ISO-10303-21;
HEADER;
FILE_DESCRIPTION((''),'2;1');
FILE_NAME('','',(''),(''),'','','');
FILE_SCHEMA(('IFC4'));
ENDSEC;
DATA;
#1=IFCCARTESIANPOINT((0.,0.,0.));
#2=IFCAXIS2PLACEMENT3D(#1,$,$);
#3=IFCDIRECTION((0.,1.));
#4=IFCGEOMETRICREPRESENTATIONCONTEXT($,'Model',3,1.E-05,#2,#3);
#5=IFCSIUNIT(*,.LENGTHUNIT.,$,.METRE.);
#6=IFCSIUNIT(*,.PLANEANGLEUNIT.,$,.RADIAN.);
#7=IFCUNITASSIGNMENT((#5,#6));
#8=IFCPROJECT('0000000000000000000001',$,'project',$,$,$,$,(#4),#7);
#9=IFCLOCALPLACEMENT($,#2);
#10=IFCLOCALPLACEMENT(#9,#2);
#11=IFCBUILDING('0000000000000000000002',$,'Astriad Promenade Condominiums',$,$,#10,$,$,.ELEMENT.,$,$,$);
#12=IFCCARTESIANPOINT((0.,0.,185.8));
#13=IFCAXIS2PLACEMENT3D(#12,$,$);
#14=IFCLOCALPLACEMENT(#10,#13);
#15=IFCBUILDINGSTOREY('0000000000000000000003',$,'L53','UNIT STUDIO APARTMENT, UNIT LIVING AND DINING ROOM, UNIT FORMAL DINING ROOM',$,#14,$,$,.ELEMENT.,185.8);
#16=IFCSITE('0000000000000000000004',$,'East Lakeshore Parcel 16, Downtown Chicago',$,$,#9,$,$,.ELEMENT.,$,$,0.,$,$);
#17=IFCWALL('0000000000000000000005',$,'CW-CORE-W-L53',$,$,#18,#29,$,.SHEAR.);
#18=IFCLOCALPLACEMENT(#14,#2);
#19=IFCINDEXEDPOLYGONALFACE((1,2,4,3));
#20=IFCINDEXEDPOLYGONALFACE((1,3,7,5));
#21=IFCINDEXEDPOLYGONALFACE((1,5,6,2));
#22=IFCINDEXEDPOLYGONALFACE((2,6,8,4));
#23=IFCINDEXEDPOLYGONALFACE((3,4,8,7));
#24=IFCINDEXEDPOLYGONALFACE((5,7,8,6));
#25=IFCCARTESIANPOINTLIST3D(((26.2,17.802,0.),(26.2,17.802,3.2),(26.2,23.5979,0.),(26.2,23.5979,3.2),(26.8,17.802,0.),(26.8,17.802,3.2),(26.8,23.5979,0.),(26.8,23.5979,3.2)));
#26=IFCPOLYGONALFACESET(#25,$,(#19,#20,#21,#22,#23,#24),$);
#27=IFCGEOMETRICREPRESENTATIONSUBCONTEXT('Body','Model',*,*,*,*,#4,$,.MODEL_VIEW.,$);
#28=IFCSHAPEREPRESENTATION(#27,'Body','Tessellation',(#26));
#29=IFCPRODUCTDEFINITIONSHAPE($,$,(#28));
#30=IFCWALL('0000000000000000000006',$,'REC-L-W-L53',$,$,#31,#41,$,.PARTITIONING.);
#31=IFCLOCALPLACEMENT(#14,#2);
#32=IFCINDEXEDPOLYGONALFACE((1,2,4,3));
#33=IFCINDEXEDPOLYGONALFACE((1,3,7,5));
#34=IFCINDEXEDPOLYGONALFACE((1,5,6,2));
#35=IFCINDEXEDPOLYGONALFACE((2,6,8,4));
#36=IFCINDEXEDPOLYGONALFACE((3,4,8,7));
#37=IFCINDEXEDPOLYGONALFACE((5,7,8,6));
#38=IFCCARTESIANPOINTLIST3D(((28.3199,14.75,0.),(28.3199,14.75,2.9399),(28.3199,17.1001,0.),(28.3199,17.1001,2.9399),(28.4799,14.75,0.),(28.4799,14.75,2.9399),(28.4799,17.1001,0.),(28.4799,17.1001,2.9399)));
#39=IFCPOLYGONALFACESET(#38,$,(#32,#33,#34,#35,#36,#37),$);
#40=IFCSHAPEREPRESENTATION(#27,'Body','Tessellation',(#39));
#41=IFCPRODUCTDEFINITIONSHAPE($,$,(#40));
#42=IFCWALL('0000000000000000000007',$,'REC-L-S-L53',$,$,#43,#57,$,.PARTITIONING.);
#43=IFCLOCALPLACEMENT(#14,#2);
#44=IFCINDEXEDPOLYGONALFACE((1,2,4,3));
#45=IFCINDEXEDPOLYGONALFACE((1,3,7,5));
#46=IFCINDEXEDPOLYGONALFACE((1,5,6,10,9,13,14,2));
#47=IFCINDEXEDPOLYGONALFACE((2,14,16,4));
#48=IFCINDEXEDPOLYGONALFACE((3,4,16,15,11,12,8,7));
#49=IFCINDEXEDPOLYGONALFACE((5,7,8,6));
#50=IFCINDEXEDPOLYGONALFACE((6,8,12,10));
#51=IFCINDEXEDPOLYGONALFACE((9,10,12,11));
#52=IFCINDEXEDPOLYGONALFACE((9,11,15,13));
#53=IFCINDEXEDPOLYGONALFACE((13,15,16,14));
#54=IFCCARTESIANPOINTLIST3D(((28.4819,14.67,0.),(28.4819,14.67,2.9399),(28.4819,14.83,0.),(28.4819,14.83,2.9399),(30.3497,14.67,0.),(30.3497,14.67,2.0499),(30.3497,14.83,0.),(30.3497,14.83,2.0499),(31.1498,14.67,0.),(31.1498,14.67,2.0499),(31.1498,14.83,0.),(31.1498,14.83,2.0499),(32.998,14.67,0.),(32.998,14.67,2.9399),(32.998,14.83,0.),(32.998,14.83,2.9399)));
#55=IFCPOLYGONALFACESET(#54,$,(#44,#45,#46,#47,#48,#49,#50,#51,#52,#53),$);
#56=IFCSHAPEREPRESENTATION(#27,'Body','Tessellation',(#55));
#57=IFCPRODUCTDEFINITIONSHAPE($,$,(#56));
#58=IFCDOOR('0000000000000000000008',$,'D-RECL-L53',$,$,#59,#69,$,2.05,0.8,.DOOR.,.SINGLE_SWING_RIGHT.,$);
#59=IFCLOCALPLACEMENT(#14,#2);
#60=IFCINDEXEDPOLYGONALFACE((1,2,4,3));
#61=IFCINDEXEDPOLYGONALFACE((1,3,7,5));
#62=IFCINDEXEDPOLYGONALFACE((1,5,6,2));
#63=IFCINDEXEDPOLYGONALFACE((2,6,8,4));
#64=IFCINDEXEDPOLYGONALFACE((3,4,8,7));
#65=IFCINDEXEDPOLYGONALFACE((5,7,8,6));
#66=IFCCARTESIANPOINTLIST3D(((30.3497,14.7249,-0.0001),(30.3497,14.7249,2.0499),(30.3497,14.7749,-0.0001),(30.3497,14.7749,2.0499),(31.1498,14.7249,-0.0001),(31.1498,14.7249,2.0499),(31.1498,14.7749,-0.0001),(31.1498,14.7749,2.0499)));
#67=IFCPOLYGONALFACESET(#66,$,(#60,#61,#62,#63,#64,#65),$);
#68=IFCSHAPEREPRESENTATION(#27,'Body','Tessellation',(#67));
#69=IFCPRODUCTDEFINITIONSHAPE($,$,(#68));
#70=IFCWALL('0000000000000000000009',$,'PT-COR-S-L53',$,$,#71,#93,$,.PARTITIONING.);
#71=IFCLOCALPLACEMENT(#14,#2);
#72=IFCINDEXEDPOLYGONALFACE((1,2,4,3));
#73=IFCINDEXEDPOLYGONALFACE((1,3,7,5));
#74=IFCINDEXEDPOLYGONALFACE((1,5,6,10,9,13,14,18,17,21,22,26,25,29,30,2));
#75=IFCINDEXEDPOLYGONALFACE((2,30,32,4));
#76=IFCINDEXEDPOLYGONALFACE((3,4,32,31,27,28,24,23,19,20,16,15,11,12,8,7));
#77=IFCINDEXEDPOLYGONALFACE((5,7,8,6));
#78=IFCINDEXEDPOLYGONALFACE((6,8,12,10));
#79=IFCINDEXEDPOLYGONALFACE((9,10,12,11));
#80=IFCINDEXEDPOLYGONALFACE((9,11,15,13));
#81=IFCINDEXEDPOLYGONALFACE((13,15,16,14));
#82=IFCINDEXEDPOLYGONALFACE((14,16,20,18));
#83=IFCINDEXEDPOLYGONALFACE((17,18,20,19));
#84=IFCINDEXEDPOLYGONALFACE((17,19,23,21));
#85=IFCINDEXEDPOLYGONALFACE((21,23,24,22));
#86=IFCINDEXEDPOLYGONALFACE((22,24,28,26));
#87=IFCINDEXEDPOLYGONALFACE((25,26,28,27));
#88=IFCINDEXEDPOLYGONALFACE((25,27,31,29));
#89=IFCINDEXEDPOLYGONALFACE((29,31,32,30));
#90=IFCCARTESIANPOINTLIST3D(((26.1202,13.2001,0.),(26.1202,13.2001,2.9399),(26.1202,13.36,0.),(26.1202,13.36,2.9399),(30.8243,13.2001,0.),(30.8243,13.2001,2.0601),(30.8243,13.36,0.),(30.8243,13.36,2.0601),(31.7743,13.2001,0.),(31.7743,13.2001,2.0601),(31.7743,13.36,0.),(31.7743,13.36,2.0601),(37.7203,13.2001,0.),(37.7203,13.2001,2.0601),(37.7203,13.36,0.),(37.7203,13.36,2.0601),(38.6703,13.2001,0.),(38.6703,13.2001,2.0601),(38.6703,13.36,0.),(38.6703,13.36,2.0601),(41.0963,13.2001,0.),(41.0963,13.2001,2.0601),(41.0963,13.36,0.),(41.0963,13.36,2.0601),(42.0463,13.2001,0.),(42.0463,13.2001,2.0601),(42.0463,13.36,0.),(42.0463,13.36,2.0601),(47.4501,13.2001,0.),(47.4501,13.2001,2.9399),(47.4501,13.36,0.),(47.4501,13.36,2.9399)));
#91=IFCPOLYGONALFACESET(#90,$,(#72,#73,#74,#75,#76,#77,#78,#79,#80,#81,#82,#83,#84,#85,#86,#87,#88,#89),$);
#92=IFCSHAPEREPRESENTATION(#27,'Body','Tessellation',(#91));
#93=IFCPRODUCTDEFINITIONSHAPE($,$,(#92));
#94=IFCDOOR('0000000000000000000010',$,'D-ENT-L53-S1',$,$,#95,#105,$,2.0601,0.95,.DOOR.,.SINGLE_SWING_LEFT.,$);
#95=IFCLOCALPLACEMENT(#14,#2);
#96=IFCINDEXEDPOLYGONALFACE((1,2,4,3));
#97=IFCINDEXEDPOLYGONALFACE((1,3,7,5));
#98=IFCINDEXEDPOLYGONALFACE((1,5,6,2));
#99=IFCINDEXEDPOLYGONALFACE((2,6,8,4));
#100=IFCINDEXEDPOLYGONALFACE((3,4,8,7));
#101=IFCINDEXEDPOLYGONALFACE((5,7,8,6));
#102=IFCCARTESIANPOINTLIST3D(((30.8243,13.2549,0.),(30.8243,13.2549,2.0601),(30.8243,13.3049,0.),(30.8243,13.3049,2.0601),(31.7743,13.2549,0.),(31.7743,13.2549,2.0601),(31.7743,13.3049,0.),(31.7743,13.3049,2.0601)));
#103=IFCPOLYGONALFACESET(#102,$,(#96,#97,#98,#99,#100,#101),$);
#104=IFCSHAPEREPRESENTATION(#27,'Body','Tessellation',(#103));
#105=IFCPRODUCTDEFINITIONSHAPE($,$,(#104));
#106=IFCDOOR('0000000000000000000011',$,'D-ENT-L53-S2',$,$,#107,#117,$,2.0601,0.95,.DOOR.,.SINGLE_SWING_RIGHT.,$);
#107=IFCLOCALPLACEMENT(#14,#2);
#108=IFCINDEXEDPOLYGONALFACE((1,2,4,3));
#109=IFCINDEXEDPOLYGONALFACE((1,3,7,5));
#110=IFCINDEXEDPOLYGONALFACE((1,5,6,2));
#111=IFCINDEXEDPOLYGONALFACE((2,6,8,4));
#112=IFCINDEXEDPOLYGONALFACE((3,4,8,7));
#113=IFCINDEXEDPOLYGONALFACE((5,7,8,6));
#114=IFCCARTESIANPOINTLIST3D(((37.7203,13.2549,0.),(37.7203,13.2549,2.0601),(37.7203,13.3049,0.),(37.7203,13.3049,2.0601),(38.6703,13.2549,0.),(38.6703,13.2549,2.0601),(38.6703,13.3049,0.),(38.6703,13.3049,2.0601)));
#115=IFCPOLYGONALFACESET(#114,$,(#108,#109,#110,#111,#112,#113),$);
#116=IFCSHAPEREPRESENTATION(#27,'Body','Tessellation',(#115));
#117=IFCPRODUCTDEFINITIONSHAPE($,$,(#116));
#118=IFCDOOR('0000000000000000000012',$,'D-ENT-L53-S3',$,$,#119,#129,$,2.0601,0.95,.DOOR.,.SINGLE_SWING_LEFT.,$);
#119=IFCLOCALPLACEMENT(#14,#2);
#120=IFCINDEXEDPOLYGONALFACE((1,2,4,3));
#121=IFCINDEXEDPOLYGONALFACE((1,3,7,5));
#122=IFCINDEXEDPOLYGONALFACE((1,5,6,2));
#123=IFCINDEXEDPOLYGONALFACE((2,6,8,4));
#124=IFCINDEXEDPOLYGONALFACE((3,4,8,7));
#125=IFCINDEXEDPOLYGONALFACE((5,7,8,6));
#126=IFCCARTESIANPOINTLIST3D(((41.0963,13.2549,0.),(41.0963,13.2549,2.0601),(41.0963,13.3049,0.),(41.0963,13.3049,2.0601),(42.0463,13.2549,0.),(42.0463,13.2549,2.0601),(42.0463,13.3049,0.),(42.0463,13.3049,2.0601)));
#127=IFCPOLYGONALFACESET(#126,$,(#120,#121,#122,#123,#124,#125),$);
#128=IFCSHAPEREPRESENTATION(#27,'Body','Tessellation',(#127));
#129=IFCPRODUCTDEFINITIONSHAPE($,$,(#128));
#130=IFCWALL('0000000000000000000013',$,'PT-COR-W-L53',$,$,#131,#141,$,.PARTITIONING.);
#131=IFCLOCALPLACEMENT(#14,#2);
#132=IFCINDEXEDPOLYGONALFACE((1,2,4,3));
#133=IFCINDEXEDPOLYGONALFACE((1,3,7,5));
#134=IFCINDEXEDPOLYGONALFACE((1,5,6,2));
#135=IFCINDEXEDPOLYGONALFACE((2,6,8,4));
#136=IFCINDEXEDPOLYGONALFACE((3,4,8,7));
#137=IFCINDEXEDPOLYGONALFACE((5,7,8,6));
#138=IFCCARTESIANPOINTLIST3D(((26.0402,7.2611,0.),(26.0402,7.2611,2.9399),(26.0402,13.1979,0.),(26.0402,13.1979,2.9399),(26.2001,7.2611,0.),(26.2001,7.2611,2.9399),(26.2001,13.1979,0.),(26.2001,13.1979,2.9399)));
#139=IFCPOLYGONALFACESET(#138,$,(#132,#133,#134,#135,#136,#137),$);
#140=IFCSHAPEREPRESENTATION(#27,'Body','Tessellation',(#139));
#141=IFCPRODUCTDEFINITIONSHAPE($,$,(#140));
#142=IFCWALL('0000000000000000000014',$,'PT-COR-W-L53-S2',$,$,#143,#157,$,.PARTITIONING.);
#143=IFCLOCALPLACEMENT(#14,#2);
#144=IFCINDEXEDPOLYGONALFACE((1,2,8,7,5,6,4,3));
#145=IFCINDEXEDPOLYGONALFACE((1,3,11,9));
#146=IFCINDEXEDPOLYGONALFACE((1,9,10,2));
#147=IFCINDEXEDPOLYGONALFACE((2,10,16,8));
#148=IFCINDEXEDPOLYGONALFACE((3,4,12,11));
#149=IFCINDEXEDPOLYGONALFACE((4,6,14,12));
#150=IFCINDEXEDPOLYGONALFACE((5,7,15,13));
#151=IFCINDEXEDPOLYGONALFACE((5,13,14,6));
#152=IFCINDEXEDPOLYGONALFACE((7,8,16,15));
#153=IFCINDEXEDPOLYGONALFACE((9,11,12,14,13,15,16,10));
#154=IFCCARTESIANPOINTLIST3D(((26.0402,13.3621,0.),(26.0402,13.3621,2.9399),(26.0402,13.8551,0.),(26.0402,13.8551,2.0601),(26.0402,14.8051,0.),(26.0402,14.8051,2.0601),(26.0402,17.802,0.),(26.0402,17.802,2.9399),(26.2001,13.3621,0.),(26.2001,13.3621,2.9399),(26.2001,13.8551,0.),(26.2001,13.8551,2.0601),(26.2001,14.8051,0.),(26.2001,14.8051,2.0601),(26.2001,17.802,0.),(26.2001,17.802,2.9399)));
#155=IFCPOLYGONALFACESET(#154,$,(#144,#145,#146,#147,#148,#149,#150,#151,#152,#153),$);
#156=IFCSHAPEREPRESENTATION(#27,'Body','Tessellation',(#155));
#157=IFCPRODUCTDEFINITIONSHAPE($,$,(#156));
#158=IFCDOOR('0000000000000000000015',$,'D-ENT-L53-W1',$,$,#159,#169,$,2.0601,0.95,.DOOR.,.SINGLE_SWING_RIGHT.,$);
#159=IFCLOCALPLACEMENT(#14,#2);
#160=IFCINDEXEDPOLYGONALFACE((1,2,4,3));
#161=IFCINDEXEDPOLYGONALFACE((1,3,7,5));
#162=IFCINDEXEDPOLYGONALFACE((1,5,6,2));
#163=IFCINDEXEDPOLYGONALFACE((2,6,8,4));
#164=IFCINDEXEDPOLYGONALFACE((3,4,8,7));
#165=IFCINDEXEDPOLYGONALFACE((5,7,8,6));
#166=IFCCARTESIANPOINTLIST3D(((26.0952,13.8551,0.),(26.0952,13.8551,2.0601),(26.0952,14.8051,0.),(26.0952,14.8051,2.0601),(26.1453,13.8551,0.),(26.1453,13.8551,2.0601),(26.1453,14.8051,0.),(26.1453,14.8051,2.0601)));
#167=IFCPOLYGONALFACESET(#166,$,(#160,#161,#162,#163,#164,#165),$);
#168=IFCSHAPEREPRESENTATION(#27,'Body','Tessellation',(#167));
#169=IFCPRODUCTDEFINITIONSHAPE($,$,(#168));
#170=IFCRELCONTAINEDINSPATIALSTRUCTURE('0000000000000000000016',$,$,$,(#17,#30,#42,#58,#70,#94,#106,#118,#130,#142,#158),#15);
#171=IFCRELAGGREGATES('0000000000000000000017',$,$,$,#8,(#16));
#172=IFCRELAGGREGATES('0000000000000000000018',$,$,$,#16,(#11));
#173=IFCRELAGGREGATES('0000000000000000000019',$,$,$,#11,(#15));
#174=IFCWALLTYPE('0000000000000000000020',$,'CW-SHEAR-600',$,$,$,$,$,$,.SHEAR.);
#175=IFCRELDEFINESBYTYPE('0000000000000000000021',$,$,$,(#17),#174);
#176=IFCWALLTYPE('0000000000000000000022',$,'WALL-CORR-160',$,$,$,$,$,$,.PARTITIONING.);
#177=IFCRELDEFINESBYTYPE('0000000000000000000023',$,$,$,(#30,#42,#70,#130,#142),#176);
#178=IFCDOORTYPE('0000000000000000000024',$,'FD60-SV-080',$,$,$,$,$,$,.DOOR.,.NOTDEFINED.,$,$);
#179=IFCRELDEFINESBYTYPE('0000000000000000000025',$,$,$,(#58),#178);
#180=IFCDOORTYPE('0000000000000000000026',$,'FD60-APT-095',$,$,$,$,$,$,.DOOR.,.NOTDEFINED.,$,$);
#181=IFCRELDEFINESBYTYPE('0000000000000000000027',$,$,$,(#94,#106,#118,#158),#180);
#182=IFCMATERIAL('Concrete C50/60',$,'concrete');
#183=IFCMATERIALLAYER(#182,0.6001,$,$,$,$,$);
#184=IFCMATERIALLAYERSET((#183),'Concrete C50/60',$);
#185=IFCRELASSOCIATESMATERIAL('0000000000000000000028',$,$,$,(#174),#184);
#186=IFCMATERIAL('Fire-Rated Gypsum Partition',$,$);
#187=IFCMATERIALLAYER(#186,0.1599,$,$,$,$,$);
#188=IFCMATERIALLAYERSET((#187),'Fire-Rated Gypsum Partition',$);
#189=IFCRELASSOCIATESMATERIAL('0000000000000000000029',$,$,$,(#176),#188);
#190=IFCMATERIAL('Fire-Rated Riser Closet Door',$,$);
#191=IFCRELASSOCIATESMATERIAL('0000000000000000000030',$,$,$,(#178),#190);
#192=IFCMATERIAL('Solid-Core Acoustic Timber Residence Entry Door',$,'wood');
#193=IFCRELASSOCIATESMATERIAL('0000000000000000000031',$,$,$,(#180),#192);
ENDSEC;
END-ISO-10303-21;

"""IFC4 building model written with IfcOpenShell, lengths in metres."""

from ifc_helpers import new_model, si_unit, direction, frame, frame_2d, origin, place, context, subcontext, project, spatial, rectangle, extrude, source, transform, mapped, material, layer, layer_set, type_object, type_shapes, element, fill, save


model = new_model("IFC4")

# Units and contexts
model_context = context("Model", 3, precision=1e-05, world=origin(), true_north=direction((0.0, 1.0)))
body_context = subcontext(model_context, "Body", "Model", "MODEL_VIEW")
ifc_project = project(units=[si_unit("LENGTHUNIT", "METRE"), si_unit("PLANEANGLEUNIT", "RADIAN")], contexts=[model_context])

# Site, building, storey
site_placement = place(None, origin())
site = spatial("IfcSite", under=ifc_project, at=site_placement, Name="East Lakeshore Parcel 16, Downtown Chicago", CompositionType="ELEMENT", RefElevation=0.0)
building_placement = place(site_placement, origin())
building = spatial("IfcBuilding", under=site, at=building_placement, Name="Astriad Promenade Condominiums", CompositionType="ELEMENT")
storey_placement = place(building_placement, frame((0.0, 0.0, 185.8)))
storey = spatial("IfcBuildingStorey", under=building, at=storey_placement, Name="L53", Description="UNIT STUDIO APARTMENT, UNIT LIVING AND DINING ROOM, UNIT FORMAL DINING ROOM", CompositionType="ELEMENT", Elevation=185.8)

# Shared definitions
ifc_material_1 = material(Name="Concrete C50/60", Category="concrete")

# Shared definitions
ifc_layer_1 = layer(ifc_material_1, 0.6001)
ifc_layer_set_1 = layer_set([ifc_layer_1], Name="Concrete C50/60")
wall_type_1 = type_object("IfcWallType", Name="CW-SHEAR-600", PredefinedType="SHEAR", material=ifc_layer_set_1)

# Walls
wall_1_placement = place(storey_placement, frame((26.5, 17.802, 0.0), z_axis=(0.0, 0.0, 1.0), x_axis=(0.0, 1.0, 0.0)))
element("IfcWall", 1, at=wall_1_placement, inside=storey, type_object=wall_type_1, Name="CW-CORE-W-L53", PredefinedType="SHEAR", context=body_context, shape_type="SweptSolid", body=[
    extrude(rectangle(XDim=5.7959, YDim=0.6001, at=frame_2d((2.8979, 0.0))), origin(), (0.0, 0.0, 1.0), 3.2),
])
ifc_material_2 = material(Name="Fire-Rated Gypsum Partition")
ifc_layer_2 = layer(ifc_material_2, 0.1599)
ifc_layer_set_2 = layer_set([ifc_layer_2], Name="Fire-Rated Gypsum Partition")
wall_type_2 = type_object("IfcWallType", Name="WALL-CORR-160", PredefinedType="PARTITIONING", material=ifc_layer_set_2)
wall_2_placement = place(storey_placement, frame((28.3999, 14.75, 0.0), z_axis=(0.0, 0.0, 1.0), x_axis=(0.0, 1.0, 0.0)))
element("IfcWall", 2, at=wall_2_placement, inside=storey, type_object=wall_type_2, Name="REC-L-W-L53", PredefinedType="PARTITIONING", context=body_context, shape_type="SweptSolid", body=[
    extrude(rectangle(XDim=2.3501, YDim=0.1599, at=frame_2d((1.175, 0.0))), origin(), (0.0, 0.0, 1.0), 2.9399),
])

# Wall, opening, door
wall_3_placement = place(storey_placement, frame((28.4819, 14.75, 0.0), z_axis=(0.0, 0.0, 1.0), x_axis=(1.0, 0.0, 0.0)))
wall_3 = element("IfcWall", 3, at=wall_3_placement, inside=storey, type_object=wall_type_2, Name="REC-L-S-L53", PredefinedType="PARTITIONING", context=body_context, shape_type="SweptSolid", body=[
    extrude(rectangle(XDim=4.5161, YDim=0.1599, at=frame_2d((2.2581, 0.0))), origin(), (0.0, 0.0, 1.0), 2.9399),
])
opening_1_placement = place(wall_3_placement, frame((1.8679, 0.0, 0.0)))
opening_1 = element("IfcOpeningElement", 4, at=opening_1_placement, cuts=wall_3, PredefinedType="OPENING", context=body_context, shape_type="SweptSolid", body=[
    extrude(rectangle(XDim=0.8, YDim=2.05, at=frame_2d((0.3999, 1.0249))), frame((0.0, 0.0898, 0.0), z_axis=(0.0, -1.0, 0.0), x_axis=(1.0, 0.0, 0.0)), (0.0, 0.0, 1.0), 0.1799),
])
ifc_material_3 = material(Name="Fire-Rated Riser Closet Door")
door_type_1 = type_object("IfcDoorType", Name="FD60-SV-080", OperationType="NOTDEFINED", PredefinedType="DOOR", material=ifc_material_3)
shared_shape_1 = source(origin(), body_context, "Body", "SweptSolid", [
    extrude(rectangle(XDim=0.8, YDim=2.05, at=frame_2d((0.3999, 1.0249))), frame((0.0, 0.0249, 0.0), z_axis=(0.0, -1.0, 0.0), x_axis=(1.0, 0.0, 0.0)), (0.0, 0.0, 1.0), 0.05),
])
type_shapes(door_type_1, [shared_shape_1])
door_1_placement = place(opening_1_placement, origin())
door_1 = element("IfcDoor", 5, at=door_1_placement, inside=storey, type_object=door_type_1, Name="D-RECL-L53", OperationType="SINGLE_SWING_RIGHT", OverallHeight=2.05, OverallWidth=0.8, PredefinedType="DOOR", context=body_context, shape_type="MappedRepresentation", body=[
    mapped(shared_shape_1, transform((0.0, 0.0, 0.0), scale=1.0)),
])
fill(opening_1, door_1)

# Wall, openings, doors
wall_4_placement = place(storey_placement, frame((26.1201, 13.28, 0.0), z_axis=(0.0, 0.0, 1.0), x_axis=(1.0, 0.0, 0.0)))
wall_4 = element("IfcWall", 6, at=wall_4_placement, inside=storey, type_object=wall_type_2, Name="PT-COR-S-L53", PredefinedType="PARTITIONING", context=body_context, shape_type="SweptSolid", body=[
    extrude(rectangle(XDim=21.3298, YDim=0.1599, at=frame_2d((10.665, 0.0))), origin(), (0.0, 0.0, 1.0), 2.9399),
])
opening_2_placement = place(wall_4_placement, frame((4.7041, 0.0, 0.0)))
opening_2 = element("IfcOpeningElement", 7, at=opening_2_placement, cuts=wall_4, PredefinedType="OPENING", context=body_context, shape_type="SweptSolid", body=[
    extrude(rectangle(XDim=0.95, YDim=2.0601, at=frame_2d((0.4751, 1.03))), frame((0.0, 0.0898, 0.0), z_axis=(0.0, -1.0, 0.0), x_axis=(1.0, 0.0, 0.0)), (0.0, 0.0, 1.0), 0.1799),
])
opening_3_placement = place(wall_4_placement, frame((11.6001, 0.0, 0.0)))
opening_3 = element("IfcOpeningElement", 8, at=opening_3_placement, cuts=wall_4, PredefinedType="OPENING", context=body_context, shape_type="SweptSolid", body=[
    extrude(rectangle(XDim=0.95, YDim=2.0601, at=frame_2d((0.4751, 1.03))), frame((0.0, 0.0898, 0.0), z_axis=(0.0, -1.0, 0.0), x_axis=(1.0, 0.0, 0.0)), (0.0, 0.0, 1.0), 0.1799),
])
opening_4_placement = place(wall_4_placement, frame((14.9761, 0.0, 0.0)))
opening_4 = element("IfcOpeningElement", 9, at=opening_4_placement, cuts=wall_4, PredefinedType="OPENING", context=body_context, shape_type="SweptSolid", body=[
    extrude(rectangle(XDim=0.95, YDim=2.0601, at=frame_2d((0.4751, 1.03))), frame((0.0, 0.0898, 0.0), z_axis=(0.0, -1.0, 0.0), x_axis=(1.0, 0.0, 0.0)), (0.0, 0.0, 1.0), 0.1799),
])
ifc_material_4 = material(Name="Solid-Core Acoustic Timber Residence Entry Door", Category="wood")
door_type_2 = type_object("IfcDoorType", Name="FD60-APT-095", OperationType="NOTDEFINED", PredefinedType="DOOR", material=ifc_material_4)
shared_shape_2 = source(origin(), body_context, "Body", "SweptSolid", [
    extrude(rectangle(XDim=0.95, YDim=2.0601, at=frame_2d((0.4751, 1.03))), frame((0.0, 0.0249, 0.0), z_axis=(0.0, -1.0, 0.0), x_axis=(1.0, 0.0, 0.0)), (0.0, 0.0, 1.0), 0.05),
])
type_shapes(door_type_2, [shared_shape_2])
door_2_placement = place(opening_2_placement, origin())
door_2 = element("IfcDoor", 10, at=door_2_placement, inside=storey, type_object=door_type_2, Name="D-ENT-L53-S1", OperationType="SINGLE_SWING_LEFT", OverallHeight=2.0601, OverallWidth=0.95, PredefinedType="DOOR", context=body_context, shape_type="MappedRepresentation", body=[
    mapped(shared_shape_2, transform((0.0, 0.0, 0.0), scale=1.0)),
])
fill(opening_2, door_2)
door_3_placement = place(opening_3_placement, origin())
door_3 = element("IfcDoor", 11, at=door_3_placement, inside=storey, type_object=door_type_2, Name="D-ENT-L53-S2", OperationType="SINGLE_SWING_RIGHT", OverallHeight=2.0601, OverallWidth=0.95, PredefinedType="DOOR", context=body_context, shape_type="MappedRepresentation", body=[
    mapped(shared_shape_2, transform((0.0, 0.0, 0.0), scale=1.0)),
])
fill(opening_3, door_3)
door_4_placement = place(opening_4_placement, origin())
door_4 = element("IfcDoor", 12, at=door_4_placement, inside=storey, type_object=door_type_2, Name="D-ENT-L53-S3", OperationType="SINGLE_SWING_LEFT", OverallHeight=2.0601, OverallWidth=0.95, PredefinedType="DOOR", context=body_context, shape_type="MappedRepresentation", body=[
    mapped(shared_shape_2, transform((0.0, 0.0, 0.0), scale=1.0)),
])
fill(opening_4, door_4)

# Wall
wall_5_placement = place(storey_placement, frame((26.1201, 7.2612, 0.0), z_axis=(0.0, 0.0, 1.0), x_axis=(0.0, 1.0, 0.0)))
element("IfcWall", 13, at=wall_5_placement, inside=storey, type_object=wall_type_2, Name="PT-COR-W-L53", PredefinedType="PARTITIONING", context=body_context, shape_type="SweptSolid", body=[
    extrude(rectangle(XDim=5.9368, YDim=0.1599, at=frame_2d((2.9683, 0.0))), origin(), (0.0, 0.0, 1.0), 2.9399),
])

# Wall, opening, door
wall_6_placement = place(storey_placement, frame((26.1201, 13.3621, 0.0), z_axis=(0.0, 0.0, 1.0), x_axis=(0.0, 1.0, 0.0)))
wall_6 = element("IfcWall", 14, at=wall_6_placement, inside=storey, type_object=wall_type_2, Name="PT-COR-W-L53-S2", PredefinedType="PARTITIONING", context=body_context, shape_type="SweptSolid", body=[
    extrude(rectangle(XDim=4.4399, YDim=0.1599, at=frame_2d((2.22, 0.0))), origin(), (0.0, 0.0, 1.0), 2.9399),
])
opening_5_placement = place(wall_6_placement, frame((0.4929, 0.0, 0.0)))
opening_5 = element("IfcOpeningElement", 15, at=opening_5_placement, cuts=wall_6, PredefinedType="OPENING", context=body_context, shape_type="SweptSolid", body=[
    extrude(rectangle(XDim=0.95, YDim=2.0601, at=frame_2d((0.4751, 1.03))), frame((0.0, 0.0898, 0.0), z_axis=(0.0, -1.0, 0.0), x_axis=(1.0, 0.0, 0.0)), (0.0, 0.0, 1.0), 0.1799),
])
door_5_placement = place(opening_5_placement, origin())
door_5 = element("IfcDoor", 16, at=door_5_placement, inside=storey, type_object=door_type_2, Name="D-ENT-L53-W1", OperationType="SINGLE_SWING_RIGHT", OverallHeight=2.0601, OverallWidth=0.95, PredefinedType="DOOR", context=body_context, shape_type="MappedRepresentation", body=[
    mapped(shared_shape_2, transform((0.0, 0.0, 0.0), scale=1.0)),
])
fill(opening_5, door_5)

save(model, "model.ifc")
